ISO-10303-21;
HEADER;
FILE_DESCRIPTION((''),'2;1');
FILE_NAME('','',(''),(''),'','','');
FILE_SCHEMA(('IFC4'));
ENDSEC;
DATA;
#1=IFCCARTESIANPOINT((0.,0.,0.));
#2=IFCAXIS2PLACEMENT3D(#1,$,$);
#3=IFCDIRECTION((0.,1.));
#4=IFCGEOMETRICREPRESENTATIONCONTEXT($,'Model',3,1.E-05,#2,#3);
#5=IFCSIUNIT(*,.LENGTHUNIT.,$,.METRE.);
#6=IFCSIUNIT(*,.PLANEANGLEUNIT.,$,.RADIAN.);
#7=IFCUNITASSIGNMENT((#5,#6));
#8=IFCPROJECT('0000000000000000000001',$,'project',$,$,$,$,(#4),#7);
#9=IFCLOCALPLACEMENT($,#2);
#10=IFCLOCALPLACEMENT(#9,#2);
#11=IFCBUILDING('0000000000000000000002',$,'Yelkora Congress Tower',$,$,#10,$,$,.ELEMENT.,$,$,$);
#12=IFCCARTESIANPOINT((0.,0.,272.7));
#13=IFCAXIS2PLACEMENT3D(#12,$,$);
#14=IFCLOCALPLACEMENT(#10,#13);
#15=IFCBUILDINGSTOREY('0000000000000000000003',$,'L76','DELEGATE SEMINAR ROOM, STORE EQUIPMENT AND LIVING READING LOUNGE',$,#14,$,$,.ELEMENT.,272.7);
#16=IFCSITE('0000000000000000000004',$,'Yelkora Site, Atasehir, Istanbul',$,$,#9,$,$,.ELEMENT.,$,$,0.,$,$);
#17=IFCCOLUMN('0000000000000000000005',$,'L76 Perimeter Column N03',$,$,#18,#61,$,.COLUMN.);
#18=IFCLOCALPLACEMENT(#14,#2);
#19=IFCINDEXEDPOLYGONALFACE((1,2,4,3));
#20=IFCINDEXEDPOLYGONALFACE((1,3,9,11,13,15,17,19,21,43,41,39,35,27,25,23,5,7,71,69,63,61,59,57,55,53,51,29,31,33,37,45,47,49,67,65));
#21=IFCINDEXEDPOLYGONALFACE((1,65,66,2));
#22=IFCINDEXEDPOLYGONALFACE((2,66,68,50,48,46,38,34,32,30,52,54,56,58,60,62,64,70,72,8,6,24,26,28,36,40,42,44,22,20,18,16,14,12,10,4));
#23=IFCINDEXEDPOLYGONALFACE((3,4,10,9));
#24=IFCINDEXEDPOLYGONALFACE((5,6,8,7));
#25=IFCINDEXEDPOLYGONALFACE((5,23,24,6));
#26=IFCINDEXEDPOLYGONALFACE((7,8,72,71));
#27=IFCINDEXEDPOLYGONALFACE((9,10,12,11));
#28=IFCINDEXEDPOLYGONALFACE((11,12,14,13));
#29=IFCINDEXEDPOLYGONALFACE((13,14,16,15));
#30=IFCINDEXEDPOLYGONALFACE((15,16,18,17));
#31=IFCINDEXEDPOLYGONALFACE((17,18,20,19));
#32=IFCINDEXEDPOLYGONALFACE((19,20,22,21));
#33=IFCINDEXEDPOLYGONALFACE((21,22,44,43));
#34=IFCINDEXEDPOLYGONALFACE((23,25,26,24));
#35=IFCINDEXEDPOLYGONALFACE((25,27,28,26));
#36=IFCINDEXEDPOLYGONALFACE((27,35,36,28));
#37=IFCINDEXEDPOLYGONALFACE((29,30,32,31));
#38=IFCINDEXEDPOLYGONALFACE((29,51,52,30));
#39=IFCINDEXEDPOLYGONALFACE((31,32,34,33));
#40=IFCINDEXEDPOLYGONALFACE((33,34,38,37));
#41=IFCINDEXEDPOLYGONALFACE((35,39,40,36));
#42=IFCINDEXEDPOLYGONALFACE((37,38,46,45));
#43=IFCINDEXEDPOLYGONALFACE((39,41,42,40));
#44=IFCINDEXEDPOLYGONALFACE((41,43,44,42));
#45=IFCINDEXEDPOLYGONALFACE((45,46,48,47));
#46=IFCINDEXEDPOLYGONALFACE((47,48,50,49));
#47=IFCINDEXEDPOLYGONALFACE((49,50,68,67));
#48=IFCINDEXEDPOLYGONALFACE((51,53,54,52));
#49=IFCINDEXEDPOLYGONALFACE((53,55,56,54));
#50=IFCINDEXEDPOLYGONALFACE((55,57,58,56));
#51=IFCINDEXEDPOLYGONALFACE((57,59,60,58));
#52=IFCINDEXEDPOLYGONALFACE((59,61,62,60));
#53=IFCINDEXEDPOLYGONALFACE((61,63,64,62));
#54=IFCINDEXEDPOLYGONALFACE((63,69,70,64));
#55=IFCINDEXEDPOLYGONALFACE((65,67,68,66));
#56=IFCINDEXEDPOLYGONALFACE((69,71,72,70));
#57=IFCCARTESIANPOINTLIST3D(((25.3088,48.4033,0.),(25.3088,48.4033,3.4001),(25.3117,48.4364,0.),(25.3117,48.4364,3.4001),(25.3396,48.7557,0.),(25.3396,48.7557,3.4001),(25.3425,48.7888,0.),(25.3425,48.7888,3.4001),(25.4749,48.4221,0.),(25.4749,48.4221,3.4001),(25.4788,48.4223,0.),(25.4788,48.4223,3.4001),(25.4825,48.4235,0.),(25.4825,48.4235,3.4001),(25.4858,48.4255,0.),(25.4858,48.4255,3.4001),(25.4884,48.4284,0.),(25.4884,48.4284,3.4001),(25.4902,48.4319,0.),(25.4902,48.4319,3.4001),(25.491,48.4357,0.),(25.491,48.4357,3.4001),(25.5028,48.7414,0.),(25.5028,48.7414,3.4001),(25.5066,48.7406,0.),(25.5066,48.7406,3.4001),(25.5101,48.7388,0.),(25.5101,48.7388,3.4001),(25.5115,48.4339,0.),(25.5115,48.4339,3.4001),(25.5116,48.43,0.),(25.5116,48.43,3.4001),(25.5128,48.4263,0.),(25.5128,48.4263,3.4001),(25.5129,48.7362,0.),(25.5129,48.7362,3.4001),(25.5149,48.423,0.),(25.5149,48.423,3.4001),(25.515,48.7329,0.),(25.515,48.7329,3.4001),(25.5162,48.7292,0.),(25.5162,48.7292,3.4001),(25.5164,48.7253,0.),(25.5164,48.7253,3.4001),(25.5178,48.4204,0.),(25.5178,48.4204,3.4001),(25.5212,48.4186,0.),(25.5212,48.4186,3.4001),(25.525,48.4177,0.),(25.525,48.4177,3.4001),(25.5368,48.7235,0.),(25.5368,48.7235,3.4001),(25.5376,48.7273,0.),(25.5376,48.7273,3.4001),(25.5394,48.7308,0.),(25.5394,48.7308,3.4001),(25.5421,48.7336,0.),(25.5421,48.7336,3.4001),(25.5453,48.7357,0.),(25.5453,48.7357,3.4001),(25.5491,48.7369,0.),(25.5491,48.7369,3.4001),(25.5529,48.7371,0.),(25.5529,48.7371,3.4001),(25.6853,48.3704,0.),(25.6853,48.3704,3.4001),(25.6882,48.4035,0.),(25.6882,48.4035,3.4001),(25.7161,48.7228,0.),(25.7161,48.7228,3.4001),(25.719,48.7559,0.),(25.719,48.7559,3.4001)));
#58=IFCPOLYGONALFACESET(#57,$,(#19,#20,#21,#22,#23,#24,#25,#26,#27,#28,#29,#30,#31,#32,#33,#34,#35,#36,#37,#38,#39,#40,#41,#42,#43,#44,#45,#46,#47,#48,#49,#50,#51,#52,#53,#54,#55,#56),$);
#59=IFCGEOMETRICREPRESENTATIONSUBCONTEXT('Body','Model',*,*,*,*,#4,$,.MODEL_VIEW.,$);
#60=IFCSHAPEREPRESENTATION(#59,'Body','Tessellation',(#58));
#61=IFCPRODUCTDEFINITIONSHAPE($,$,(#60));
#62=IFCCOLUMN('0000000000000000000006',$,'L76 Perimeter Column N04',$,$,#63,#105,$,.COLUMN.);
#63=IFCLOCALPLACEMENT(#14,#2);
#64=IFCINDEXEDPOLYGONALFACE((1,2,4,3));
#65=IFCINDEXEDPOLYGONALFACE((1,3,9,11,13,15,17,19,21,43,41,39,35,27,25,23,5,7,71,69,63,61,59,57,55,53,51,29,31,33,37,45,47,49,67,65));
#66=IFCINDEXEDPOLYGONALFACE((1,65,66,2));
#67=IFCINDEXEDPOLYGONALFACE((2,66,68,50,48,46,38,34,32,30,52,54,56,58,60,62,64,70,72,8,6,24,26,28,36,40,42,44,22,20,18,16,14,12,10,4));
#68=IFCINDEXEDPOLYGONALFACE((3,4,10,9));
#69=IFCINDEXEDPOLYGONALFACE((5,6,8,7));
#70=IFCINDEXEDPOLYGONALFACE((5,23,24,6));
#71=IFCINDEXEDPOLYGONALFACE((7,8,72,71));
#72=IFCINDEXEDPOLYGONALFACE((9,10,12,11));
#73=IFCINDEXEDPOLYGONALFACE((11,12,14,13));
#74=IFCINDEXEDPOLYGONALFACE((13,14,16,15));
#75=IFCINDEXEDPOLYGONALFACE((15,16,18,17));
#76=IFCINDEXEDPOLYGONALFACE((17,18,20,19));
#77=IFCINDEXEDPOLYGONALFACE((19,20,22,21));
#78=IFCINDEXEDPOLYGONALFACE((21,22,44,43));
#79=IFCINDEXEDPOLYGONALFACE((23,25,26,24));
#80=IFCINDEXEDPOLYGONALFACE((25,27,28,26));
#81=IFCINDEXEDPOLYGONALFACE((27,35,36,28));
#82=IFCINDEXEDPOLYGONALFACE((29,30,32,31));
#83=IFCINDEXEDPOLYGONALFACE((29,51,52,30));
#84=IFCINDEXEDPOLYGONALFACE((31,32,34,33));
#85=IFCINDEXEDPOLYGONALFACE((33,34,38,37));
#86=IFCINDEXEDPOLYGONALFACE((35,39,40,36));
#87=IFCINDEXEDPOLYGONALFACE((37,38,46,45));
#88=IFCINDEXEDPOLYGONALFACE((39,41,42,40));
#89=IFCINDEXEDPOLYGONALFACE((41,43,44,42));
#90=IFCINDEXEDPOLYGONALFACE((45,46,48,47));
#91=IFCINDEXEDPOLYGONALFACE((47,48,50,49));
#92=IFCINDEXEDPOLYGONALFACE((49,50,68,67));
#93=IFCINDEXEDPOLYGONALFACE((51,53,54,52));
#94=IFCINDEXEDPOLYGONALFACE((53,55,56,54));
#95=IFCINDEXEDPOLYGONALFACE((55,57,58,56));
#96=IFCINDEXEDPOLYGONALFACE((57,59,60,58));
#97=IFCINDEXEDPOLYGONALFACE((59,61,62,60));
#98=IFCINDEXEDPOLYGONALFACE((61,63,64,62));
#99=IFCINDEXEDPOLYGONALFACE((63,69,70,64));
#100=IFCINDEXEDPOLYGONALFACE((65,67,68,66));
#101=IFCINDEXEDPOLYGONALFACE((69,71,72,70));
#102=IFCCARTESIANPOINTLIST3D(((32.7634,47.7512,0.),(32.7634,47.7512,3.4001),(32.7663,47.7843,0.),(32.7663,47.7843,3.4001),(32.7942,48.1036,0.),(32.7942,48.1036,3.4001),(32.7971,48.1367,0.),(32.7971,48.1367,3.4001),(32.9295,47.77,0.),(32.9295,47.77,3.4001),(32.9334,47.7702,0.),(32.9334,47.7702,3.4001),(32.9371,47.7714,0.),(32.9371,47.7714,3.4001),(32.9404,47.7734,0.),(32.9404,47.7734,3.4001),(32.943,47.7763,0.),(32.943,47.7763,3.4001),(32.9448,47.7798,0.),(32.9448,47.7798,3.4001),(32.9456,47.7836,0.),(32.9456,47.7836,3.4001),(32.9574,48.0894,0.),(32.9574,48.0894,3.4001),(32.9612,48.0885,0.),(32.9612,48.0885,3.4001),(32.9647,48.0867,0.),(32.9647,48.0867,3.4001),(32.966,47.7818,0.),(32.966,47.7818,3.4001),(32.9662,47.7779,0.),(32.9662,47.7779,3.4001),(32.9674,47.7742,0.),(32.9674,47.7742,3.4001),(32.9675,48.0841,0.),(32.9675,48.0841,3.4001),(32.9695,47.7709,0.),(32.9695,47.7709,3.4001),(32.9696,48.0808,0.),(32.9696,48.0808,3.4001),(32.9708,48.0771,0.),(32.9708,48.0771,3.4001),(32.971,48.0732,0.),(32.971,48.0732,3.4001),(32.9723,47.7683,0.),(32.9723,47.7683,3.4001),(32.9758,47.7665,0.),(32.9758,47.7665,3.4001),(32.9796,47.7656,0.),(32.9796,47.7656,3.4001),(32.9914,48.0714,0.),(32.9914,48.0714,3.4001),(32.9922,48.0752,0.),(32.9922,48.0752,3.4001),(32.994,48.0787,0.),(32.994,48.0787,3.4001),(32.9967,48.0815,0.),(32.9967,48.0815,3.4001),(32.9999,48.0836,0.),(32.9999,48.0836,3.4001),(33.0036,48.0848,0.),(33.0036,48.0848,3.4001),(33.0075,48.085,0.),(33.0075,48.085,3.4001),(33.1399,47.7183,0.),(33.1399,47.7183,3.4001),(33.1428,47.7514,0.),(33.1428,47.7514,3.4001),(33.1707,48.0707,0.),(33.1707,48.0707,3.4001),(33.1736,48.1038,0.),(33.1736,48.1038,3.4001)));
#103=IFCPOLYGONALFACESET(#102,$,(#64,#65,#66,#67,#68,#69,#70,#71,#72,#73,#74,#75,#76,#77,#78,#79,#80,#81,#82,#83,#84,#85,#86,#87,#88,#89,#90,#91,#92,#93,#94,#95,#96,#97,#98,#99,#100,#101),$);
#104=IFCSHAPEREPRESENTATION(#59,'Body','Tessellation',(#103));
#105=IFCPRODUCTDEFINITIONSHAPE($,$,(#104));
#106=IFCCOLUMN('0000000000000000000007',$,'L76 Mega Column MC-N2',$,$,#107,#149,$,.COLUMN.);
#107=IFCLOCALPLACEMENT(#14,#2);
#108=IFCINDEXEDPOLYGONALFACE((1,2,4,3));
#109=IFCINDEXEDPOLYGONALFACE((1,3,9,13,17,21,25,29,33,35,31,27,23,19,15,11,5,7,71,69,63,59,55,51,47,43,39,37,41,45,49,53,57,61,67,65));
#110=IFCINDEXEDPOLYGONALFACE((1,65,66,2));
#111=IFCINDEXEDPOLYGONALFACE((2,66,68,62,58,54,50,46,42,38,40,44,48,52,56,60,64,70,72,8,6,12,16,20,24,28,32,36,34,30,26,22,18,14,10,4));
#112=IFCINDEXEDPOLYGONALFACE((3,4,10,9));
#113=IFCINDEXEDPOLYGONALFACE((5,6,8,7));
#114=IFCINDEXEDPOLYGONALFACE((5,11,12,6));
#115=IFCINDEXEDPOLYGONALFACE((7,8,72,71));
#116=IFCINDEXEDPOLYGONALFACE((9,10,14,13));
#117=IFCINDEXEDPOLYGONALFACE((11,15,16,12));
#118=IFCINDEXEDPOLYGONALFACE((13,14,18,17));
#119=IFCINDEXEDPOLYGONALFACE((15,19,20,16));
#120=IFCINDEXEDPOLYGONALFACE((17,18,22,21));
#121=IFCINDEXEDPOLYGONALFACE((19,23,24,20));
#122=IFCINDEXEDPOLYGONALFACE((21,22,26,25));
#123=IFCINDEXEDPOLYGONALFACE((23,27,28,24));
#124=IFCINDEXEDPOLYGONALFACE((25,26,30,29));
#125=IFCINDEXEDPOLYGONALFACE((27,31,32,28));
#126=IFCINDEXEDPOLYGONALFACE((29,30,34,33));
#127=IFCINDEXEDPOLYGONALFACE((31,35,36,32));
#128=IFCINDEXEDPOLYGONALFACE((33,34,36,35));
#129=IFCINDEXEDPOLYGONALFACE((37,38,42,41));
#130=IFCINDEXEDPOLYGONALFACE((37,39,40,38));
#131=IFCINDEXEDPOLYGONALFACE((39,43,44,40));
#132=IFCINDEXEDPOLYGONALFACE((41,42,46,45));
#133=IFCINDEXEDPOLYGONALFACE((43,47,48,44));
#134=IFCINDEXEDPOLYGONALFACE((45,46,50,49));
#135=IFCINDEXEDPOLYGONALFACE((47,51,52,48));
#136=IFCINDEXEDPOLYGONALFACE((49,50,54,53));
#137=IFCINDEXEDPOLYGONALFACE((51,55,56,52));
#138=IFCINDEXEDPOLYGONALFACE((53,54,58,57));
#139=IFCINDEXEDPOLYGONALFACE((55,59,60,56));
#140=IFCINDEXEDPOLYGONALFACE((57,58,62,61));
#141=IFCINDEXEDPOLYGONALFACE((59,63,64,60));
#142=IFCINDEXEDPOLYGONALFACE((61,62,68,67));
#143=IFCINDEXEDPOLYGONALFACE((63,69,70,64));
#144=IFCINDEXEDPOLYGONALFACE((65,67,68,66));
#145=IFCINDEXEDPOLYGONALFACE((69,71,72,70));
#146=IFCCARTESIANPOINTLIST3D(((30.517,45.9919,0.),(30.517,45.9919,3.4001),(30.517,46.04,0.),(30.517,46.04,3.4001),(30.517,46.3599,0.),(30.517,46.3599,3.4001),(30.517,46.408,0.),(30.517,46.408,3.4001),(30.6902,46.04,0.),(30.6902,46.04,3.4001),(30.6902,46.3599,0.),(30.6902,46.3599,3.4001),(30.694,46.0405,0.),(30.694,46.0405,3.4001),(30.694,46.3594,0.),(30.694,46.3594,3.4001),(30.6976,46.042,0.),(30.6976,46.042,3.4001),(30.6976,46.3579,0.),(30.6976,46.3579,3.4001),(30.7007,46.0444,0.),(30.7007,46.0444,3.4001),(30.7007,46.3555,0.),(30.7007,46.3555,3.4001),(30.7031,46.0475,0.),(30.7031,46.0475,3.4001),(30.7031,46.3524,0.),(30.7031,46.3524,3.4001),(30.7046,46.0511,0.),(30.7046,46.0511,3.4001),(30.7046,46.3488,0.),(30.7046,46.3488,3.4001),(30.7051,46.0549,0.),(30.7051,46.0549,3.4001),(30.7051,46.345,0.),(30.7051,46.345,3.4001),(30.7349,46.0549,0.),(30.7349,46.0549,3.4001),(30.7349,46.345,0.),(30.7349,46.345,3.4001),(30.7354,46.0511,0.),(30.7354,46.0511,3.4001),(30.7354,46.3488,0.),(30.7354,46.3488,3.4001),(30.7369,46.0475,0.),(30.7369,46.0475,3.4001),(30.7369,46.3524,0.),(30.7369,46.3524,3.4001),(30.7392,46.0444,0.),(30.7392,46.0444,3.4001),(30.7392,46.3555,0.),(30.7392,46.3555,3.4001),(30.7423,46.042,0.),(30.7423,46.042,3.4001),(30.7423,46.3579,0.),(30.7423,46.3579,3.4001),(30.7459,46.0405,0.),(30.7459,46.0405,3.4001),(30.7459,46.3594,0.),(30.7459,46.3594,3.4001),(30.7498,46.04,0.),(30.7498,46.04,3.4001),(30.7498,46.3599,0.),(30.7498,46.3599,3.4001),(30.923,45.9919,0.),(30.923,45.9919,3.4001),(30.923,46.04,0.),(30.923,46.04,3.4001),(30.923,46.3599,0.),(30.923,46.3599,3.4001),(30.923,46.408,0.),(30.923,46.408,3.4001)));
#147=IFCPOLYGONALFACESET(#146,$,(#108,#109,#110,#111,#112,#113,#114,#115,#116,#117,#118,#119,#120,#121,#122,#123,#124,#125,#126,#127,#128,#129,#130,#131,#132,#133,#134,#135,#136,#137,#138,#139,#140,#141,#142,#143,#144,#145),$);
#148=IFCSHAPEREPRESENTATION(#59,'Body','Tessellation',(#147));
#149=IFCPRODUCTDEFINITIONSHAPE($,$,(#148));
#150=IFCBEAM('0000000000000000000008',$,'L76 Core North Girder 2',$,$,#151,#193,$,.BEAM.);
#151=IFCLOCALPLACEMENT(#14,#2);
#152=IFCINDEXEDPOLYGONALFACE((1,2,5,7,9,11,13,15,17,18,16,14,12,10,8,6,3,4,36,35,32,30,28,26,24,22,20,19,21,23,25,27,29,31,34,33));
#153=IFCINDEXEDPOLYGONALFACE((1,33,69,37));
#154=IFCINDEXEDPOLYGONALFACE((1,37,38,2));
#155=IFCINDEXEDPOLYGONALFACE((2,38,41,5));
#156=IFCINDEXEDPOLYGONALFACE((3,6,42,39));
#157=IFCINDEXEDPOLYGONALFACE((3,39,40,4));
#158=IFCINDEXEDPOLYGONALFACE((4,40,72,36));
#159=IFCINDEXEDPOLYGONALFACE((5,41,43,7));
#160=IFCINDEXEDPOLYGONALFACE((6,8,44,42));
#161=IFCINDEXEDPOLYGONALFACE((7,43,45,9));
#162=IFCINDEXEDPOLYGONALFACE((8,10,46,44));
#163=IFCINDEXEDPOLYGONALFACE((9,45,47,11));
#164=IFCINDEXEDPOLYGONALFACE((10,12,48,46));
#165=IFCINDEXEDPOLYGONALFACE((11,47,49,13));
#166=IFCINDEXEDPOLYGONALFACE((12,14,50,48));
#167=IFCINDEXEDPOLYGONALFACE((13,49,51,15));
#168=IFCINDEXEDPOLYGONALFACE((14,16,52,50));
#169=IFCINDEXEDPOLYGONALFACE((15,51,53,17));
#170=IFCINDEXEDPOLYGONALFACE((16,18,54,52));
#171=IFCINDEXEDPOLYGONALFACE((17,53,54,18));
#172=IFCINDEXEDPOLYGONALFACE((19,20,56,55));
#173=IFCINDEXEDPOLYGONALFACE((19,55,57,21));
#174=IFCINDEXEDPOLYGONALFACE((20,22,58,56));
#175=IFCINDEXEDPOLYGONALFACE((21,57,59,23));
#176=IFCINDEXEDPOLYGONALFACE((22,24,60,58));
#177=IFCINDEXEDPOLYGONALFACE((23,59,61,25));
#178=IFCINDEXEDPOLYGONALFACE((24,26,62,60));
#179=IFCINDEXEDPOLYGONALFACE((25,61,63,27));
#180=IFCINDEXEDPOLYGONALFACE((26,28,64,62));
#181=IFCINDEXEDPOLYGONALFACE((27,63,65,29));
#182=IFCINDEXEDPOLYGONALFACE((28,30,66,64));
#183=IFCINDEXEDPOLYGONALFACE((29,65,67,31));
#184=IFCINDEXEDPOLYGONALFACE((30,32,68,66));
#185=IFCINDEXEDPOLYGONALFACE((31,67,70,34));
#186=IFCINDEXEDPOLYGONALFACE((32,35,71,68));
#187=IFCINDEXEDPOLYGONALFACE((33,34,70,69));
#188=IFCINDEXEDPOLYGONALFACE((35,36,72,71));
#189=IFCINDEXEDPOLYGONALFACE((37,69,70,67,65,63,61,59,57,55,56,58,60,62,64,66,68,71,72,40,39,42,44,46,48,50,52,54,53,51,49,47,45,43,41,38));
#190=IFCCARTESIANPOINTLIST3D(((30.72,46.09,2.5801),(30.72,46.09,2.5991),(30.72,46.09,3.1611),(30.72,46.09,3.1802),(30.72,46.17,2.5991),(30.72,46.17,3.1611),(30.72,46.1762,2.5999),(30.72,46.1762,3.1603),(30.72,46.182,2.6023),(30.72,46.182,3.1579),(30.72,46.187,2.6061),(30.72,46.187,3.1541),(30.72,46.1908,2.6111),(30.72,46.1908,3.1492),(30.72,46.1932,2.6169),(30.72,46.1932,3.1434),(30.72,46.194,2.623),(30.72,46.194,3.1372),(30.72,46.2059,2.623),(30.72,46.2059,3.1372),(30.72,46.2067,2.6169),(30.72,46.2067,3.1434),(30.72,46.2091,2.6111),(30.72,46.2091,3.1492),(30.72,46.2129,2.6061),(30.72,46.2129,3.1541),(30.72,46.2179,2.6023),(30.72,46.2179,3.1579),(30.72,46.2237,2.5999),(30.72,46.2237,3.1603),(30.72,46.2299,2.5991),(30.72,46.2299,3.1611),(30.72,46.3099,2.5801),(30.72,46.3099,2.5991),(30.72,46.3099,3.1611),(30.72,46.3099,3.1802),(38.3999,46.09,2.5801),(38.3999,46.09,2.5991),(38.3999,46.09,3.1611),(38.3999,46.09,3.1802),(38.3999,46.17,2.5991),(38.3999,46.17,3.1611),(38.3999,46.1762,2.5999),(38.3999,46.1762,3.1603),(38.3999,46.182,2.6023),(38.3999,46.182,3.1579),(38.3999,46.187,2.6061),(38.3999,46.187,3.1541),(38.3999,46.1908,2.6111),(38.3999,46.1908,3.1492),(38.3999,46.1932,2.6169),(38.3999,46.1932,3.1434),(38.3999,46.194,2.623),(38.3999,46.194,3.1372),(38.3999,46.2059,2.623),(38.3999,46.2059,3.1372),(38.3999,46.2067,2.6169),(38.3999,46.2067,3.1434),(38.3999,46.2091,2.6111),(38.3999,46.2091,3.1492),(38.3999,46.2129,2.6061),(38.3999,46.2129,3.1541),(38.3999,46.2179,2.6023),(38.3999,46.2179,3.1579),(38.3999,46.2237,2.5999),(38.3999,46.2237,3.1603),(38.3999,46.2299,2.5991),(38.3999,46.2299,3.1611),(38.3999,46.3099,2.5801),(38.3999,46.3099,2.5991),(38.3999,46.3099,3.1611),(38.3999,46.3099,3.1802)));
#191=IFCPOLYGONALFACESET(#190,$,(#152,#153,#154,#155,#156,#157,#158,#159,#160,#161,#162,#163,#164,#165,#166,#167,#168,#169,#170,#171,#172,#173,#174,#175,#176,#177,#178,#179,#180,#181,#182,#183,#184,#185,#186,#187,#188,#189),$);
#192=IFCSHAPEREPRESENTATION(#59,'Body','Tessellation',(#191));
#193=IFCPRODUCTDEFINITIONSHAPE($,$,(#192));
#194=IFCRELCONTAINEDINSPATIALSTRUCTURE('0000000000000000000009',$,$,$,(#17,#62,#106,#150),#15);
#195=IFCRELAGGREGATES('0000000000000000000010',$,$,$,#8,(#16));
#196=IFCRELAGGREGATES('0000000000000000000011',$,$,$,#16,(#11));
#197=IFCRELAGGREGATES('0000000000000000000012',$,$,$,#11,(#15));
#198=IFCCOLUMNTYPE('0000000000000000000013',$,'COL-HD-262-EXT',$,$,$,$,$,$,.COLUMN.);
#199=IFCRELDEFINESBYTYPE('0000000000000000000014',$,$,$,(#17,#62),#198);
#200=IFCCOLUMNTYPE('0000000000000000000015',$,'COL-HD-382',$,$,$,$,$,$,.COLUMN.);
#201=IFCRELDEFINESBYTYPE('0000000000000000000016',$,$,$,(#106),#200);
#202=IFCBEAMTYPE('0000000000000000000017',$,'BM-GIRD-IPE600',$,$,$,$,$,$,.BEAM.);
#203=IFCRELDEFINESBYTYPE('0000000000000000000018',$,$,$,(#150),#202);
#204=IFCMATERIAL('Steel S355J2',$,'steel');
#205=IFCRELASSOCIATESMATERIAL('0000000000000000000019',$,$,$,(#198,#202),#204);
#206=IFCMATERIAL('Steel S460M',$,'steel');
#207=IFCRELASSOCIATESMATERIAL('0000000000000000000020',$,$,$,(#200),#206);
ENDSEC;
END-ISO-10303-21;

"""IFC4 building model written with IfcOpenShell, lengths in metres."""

from ifc_helpers import new_model, si_unit, direction, frame, origin, origin_2d, place, context, subcontext, project, spatial, i_section, extrude, material, material_profile, profile_set, type_object, element, save


model = new_model("IFC4")

# Units and contexts
model_context = context("Model", 3, precision=1e-05, world=origin(), true_north=direction((0.0, 1.0)))
body_context = subcontext(model_context, "Body", "Model", "MODEL_VIEW")
ifc_project = project(units=[si_unit("LENGTHUNIT", "METRE"), si_unit("PLANEANGLEUNIT", "RADIAN")], contexts=[model_context])

# Site, building, storey
site_placement = place(None, origin())
site = spatial("IfcSite", under=ifc_project, at=site_placement, Name="Yelkora Site, Atasehir, Istanbul", CompositionType="ELEMENT", RefElevation=0.0)
building_placement = place(site_placement, origin())
building = spatial("IfcBuilding", under=site, at=building_placement, Name="Yelkora Congress Tower", CompositionType="ELEMENT")
storey_placement = place(building_placement, frame((0.0, 0.0, 272.7)))
storey = spatial("IfcBuildingStorey", under=building, at=storey_placement, Name="L76", Description="DELEGATE SEMINAR ROOM, STORE EQUIPMENT AND LIVING READING LOUNGE", CompositionType="ELEMENT", Elevation=272.7)

# Columns
ifc_material_1 = material(Name="Steel S355J2", Category="steel")
ifc_material_profile_1 = material_profile(ifc_material_1, i_section(OverallWidth=0.3779, OverallDepth=0.387, WebThickness=0.0205, FlangeThickness=0.0332, FilletRadius=0.0149, at=origin_2d()), Name="HD 360x262")
ifc_profile_set_1 = profile_set([ifc_material_profile_1], Name="Steel S355J2")
column_type_1 = type_object("IfcColumnType", Name="COL-HD-262-EXT", PredefinedType="COLUMN", material=ifc_profile_set_1)
for number, where, z_axis, x_axis, name in (
    (1, (25.5139, 48.5796, 0.0), (0.0, 0.0, 1.0), (0.996195, -0.087156, 0.0), "L76 Perimeter Column N03"),
    (2, (32.9685, 47.9275, 0.0), (0.0, 0.0, 1.0), (0.996195, -0.087156, 0.0), "L76 Perimeter Column N04"),
):
    element("IfcColumn", number, at=place(storey_placement, frame(where, z_axis=z_axis, x_axis=x_axis)), inside=storey, type_object=column_type_1, Name=name, PredefinedType="COLUMN", context=body_context, shape_type="SweptSolid", body=[
        extrude(i_section(OverallWidth=0.3779, OverallDepth=0.387, WebThickness=0.0205, FlangeThickness=0.0332, FilletRadius=0.0149, at=origin_2d()), origin(), (0.0, 0.0, 1.0), 3.4001),
    ])
ifc_material_2 = material(Name="Steel S460M", Category="steel")
ifc_material_profile_2 = material_profile(ifc_material_2, i_section(OverallWidth=0.406, OverallDepth=0.416, WebThickness=0.0298, FlangeThickness=0.0481, FilletRadius=0.0149, at=origin_2d()), Name="HD 400x382")
ifc_profile_set_2 = profile_set([ifc_material_profile_2], Name="Steel S460M")
column_type_2 = type_object("IfcColumnType", Name="COL-HD-382", PredefinedType="COLUMN", material=ifc_profile_set_2)
column_placement = place(storey_placement, frame((30.72, 46.2, 0.0), z_axis=(0.0, 0.0, 1.0), x_axis=(1.0, 0.0, 0.0)))
element("IfcColumn", 3, at=column_placement, inside=storey, type_object=column_type_2, Name="L76 Mega Column MC-N2", PredefinedType="COLUMN", context=body_context, shape_type="SweptSolid", body=[
    extrude(i_section(OverallWidth=0.406, OverallDepth=0.416, WebThickness=0.0298, FlangeThickness=0.0481, FilletRadius=0.0149, at=origin_2d()), origin(), (0.0, 0.0, 1.0), 3.4001),
])

# Beam
ifc_material_profile_3 = material_profile(ifc_material_1, i_section(OverallWidth=0.22, OverallDepth=0.6001, WebThickness=0.012, FlangeThickness=0.019, FilletRadius=0.0239, at=origin_2d()), Name="IPE 600")
ifc_profile_set_3 = profile_set([ifc_material_profile_3], Name="Steel S355J2")
beam_type_1 = type_object("IfcBeamType", Name="BM-GIRD-IPE600", PredefinedType="BEAM", material=ifc_profile_set_3)
beam_1_placement = place(storey_placement, frame((30.72, 46.2, 2.8801), z_axis=(1.0, 0.0, 0.0), x_axis=(0.0, 1.0, 0.0)))
element("IfcBeam", 4, at=beam_1_placement, inside=storey, type_object=beam_type_1, Name="L76 Core North Girder 2", PredefinedType="BEAM", context=body_context, shape_type="SweptSolid", body=[
    extrude(i_section(OverallWidth=0.22, OverallDepth=0.6001, WebThickness=0.012, FlangeThickness=0.019, FilletRadius=0.0239, at=origin_2d()), origin(), (0.0, 0.0, 1.0), 7.6799),
])

save(model, "model.ifc")
